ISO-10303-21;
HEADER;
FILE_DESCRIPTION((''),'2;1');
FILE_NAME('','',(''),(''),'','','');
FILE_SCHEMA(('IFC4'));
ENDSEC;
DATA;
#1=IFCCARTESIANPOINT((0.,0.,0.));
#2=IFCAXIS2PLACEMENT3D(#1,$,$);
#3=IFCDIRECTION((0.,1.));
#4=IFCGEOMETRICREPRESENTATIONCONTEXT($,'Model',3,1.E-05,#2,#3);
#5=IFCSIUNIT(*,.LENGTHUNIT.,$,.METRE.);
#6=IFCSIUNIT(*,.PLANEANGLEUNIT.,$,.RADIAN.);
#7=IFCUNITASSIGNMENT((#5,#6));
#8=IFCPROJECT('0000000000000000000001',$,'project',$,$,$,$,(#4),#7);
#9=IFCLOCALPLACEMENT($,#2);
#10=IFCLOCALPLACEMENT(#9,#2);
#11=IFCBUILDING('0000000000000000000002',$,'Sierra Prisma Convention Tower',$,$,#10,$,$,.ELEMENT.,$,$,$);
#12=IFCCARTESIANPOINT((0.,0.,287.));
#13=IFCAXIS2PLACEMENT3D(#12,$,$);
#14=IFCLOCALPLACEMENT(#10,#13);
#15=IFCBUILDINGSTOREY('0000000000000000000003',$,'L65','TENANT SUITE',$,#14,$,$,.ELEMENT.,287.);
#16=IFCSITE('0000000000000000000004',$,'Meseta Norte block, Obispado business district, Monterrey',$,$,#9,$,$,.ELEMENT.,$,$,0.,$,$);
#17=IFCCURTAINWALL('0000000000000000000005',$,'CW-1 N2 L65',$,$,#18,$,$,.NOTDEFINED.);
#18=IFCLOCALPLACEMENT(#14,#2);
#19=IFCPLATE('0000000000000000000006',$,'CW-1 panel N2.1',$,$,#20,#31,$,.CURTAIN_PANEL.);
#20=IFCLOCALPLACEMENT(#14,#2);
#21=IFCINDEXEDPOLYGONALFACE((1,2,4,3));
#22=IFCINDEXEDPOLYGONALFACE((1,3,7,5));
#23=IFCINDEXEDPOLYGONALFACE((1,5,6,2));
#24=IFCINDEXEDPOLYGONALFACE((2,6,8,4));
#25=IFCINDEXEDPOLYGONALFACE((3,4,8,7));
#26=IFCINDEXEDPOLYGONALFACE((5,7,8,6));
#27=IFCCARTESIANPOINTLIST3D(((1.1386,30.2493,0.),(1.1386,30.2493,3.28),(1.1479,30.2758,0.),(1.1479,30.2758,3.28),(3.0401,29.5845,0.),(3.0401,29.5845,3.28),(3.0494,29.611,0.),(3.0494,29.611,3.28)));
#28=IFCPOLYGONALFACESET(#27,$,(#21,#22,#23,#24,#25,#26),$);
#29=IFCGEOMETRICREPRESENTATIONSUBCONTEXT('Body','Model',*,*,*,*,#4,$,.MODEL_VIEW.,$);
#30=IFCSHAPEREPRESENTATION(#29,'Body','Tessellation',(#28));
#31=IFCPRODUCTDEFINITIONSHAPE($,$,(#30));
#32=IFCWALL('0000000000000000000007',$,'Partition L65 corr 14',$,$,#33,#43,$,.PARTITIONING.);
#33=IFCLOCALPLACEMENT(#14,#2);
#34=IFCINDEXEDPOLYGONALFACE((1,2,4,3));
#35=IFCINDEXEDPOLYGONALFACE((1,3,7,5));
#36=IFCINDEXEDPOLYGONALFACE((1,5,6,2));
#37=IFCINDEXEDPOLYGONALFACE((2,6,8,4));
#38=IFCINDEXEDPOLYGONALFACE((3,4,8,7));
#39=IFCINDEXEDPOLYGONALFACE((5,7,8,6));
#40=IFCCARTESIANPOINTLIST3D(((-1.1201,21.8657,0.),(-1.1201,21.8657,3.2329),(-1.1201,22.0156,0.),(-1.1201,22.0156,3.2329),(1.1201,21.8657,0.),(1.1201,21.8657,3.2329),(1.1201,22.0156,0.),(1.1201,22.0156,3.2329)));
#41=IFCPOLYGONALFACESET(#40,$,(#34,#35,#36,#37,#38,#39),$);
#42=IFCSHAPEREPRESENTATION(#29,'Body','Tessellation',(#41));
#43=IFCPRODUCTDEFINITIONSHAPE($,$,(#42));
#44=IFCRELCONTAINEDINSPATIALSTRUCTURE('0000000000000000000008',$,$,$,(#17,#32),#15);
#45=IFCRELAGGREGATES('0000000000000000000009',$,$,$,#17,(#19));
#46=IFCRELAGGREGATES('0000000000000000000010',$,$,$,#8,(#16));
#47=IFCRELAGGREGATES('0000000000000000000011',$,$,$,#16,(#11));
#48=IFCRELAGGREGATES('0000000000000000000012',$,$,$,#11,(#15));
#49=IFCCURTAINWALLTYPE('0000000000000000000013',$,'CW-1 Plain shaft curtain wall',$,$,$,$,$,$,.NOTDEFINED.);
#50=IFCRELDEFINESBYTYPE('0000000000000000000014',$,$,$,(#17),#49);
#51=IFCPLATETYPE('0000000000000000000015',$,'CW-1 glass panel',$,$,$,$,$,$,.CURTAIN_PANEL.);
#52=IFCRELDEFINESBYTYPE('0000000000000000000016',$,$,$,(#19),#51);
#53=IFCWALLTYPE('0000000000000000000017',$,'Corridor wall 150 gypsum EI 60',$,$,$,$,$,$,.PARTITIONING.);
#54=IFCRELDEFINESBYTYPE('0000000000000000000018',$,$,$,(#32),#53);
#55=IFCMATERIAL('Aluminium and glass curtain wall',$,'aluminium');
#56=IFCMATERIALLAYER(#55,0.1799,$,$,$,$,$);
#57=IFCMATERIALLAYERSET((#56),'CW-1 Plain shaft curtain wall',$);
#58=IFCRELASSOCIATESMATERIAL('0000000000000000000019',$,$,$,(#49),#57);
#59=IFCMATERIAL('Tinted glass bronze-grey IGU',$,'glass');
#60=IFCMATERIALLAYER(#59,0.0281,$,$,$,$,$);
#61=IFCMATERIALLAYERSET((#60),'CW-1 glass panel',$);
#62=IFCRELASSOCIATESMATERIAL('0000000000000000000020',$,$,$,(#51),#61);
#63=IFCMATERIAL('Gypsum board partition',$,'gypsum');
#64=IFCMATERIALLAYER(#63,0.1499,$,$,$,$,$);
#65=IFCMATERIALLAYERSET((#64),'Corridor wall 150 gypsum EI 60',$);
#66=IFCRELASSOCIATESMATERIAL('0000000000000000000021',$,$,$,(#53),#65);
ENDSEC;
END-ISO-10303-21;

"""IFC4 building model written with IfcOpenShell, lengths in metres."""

from ifc_helpers import new_model, si_unit, direction, frame, frame_2d, origin, origin_2d, place, context, subcontext, project, spatial, rectangle, extrude, material, layer, layer_set, type_object, element, aggregate, save


model = new_model("IFC4")

# Units and contexts
model_context = context("Model", 3, precision=1e-05, world=origin(), true_north=direction((0.0, 1.0)))
body_context = subcontext(model_context, "Body", "Model", "MODEL_VIEW")
ifc_project = project(units=[si_unit("LENGTHUNIT", "METRE"), si_unit("PLANEANGLEUNIT", "RADIAN")], contexts=[model_context])

# Site, building, storey
site_placement = place(None, origin())
site = spatial("IfcSite", under=ifc_project, at=site_placement, Name="Meseta Norte block, Obispado business district, Monterrey", CompositionType="ELEMENT", RefElevation=0.0)
building_placement = place(site_placement, origin())
building = spatial("IfcBuilding", under=site, at=building_placement, Name="Sierra Prisma Convention Tower", CompositionType="ELEMENT")
storey_placement = place(building_placement, frame((0.0, 0.0, 287.0)))
storey = spatial("IfcBuildingStorey", under=building, at=storey_placement, Name="L65", Description="TENANT SUITE", CompositionType="ELEMENT", Elevation=287.0)

# Shared definitions
ifc_material_1 = material(Name="Aluminium and glass curtain wall", Category="aluminium")
ifc_layer_1 = layer(ifc_material_1, 0.1799)
ifc_layer_set_1 = layer_set([ifc_layer_1], Name="CW-1 Plain shaft curtain wall")
curtain_wall_type = type_object("IfcCurtainWallType", Name="CW-1 Plain shaft curtain wall", PredefinedType="NOTDEFINED", material=ifc_layer_set_1)

# Curtain wall
curtain_wall_1_placement = place(storey_placement, origin())
curtain_wall_1 = element("IfcCurtainWall", 1, at=curtain_wall_1_placement, inside=storey, type_object=curtain_wall_type, Name="CW-1 N2 L65", PredefinedType="NOTDEFINED")

# Plate
ifc_material_2 = material(Name="Tinted glass bronze-grey IGU", Category="glass")
ifc_layer_2 = layer(ifc_material_2, 0.0281)
ifc_layer_set_2 = layer_set([ifc_layer_2], Name="CW-1 glass panel")
plate_type = type_object("IfcPlateType", Name="CW-1 glass panel", PredefinedType="CURTAIN_PANEL", material=ifc_layer_set_2)
plate_1_placement = place(storey_placement, frame((2.094, 29.9302, 0.0), z_axis=(0.0, 0.0, 1.0), x_axis=(-0.94397, 0.330032, 0.0)))
plate_1 = element("IfcPlate", 2, at=plate_1_placement, type_object=plate_type, Name="CW-1 panel N2.1", PredefinedType="CURTAIN_PANEL", context=body_context, shape_type="SweptSolid", body=[
    extrude(rectangle(XDim=2.0144, YDim=0.0281, at=origin_2d()), origin(), (0.0, 0.0, 1.0), 3.28),
])
aggregate(curtain_wall_1, [plate_1])

# Wall
ifc_material_3 = material(Name="Gypsum board partition", Category="gypsum")
ifc_layer_3 = layer(ifc_material_3, 0.1499)
ifc_layer_set_3 = layer_set([ifc_layer_3], Name="Corridor wall 150 gypsum EI 60")
wall_type = type_object("IfcWallType", Name="Corridor wall 150 gypsum EI 60", PredefinedType="PARTITIONING", material=ifc_layer_set_3)
wall_placement = place(storey_placement, frame((1.1201, 21.9407, 0.0), z_axis=(0.0, 0.0, 1.0), x_axis=(-1.0, 0.0, 0.0)))
element("IfcWall", 3, at=wall_placement, inside=storey, type_object=wall_type, Name="Partition L65 corr 14", PredefinedType="PARTITIONING", context=body_context, shape_type="SweptSolid", body=[
    extrude(rectangle(XDim=2.2402, YDim=0.1499, at=frame_2d((1.1201, 0.0))), origin(), (0.0, 0.0, 1.0), 3.2329),
])

save(model, "model.ifc")
